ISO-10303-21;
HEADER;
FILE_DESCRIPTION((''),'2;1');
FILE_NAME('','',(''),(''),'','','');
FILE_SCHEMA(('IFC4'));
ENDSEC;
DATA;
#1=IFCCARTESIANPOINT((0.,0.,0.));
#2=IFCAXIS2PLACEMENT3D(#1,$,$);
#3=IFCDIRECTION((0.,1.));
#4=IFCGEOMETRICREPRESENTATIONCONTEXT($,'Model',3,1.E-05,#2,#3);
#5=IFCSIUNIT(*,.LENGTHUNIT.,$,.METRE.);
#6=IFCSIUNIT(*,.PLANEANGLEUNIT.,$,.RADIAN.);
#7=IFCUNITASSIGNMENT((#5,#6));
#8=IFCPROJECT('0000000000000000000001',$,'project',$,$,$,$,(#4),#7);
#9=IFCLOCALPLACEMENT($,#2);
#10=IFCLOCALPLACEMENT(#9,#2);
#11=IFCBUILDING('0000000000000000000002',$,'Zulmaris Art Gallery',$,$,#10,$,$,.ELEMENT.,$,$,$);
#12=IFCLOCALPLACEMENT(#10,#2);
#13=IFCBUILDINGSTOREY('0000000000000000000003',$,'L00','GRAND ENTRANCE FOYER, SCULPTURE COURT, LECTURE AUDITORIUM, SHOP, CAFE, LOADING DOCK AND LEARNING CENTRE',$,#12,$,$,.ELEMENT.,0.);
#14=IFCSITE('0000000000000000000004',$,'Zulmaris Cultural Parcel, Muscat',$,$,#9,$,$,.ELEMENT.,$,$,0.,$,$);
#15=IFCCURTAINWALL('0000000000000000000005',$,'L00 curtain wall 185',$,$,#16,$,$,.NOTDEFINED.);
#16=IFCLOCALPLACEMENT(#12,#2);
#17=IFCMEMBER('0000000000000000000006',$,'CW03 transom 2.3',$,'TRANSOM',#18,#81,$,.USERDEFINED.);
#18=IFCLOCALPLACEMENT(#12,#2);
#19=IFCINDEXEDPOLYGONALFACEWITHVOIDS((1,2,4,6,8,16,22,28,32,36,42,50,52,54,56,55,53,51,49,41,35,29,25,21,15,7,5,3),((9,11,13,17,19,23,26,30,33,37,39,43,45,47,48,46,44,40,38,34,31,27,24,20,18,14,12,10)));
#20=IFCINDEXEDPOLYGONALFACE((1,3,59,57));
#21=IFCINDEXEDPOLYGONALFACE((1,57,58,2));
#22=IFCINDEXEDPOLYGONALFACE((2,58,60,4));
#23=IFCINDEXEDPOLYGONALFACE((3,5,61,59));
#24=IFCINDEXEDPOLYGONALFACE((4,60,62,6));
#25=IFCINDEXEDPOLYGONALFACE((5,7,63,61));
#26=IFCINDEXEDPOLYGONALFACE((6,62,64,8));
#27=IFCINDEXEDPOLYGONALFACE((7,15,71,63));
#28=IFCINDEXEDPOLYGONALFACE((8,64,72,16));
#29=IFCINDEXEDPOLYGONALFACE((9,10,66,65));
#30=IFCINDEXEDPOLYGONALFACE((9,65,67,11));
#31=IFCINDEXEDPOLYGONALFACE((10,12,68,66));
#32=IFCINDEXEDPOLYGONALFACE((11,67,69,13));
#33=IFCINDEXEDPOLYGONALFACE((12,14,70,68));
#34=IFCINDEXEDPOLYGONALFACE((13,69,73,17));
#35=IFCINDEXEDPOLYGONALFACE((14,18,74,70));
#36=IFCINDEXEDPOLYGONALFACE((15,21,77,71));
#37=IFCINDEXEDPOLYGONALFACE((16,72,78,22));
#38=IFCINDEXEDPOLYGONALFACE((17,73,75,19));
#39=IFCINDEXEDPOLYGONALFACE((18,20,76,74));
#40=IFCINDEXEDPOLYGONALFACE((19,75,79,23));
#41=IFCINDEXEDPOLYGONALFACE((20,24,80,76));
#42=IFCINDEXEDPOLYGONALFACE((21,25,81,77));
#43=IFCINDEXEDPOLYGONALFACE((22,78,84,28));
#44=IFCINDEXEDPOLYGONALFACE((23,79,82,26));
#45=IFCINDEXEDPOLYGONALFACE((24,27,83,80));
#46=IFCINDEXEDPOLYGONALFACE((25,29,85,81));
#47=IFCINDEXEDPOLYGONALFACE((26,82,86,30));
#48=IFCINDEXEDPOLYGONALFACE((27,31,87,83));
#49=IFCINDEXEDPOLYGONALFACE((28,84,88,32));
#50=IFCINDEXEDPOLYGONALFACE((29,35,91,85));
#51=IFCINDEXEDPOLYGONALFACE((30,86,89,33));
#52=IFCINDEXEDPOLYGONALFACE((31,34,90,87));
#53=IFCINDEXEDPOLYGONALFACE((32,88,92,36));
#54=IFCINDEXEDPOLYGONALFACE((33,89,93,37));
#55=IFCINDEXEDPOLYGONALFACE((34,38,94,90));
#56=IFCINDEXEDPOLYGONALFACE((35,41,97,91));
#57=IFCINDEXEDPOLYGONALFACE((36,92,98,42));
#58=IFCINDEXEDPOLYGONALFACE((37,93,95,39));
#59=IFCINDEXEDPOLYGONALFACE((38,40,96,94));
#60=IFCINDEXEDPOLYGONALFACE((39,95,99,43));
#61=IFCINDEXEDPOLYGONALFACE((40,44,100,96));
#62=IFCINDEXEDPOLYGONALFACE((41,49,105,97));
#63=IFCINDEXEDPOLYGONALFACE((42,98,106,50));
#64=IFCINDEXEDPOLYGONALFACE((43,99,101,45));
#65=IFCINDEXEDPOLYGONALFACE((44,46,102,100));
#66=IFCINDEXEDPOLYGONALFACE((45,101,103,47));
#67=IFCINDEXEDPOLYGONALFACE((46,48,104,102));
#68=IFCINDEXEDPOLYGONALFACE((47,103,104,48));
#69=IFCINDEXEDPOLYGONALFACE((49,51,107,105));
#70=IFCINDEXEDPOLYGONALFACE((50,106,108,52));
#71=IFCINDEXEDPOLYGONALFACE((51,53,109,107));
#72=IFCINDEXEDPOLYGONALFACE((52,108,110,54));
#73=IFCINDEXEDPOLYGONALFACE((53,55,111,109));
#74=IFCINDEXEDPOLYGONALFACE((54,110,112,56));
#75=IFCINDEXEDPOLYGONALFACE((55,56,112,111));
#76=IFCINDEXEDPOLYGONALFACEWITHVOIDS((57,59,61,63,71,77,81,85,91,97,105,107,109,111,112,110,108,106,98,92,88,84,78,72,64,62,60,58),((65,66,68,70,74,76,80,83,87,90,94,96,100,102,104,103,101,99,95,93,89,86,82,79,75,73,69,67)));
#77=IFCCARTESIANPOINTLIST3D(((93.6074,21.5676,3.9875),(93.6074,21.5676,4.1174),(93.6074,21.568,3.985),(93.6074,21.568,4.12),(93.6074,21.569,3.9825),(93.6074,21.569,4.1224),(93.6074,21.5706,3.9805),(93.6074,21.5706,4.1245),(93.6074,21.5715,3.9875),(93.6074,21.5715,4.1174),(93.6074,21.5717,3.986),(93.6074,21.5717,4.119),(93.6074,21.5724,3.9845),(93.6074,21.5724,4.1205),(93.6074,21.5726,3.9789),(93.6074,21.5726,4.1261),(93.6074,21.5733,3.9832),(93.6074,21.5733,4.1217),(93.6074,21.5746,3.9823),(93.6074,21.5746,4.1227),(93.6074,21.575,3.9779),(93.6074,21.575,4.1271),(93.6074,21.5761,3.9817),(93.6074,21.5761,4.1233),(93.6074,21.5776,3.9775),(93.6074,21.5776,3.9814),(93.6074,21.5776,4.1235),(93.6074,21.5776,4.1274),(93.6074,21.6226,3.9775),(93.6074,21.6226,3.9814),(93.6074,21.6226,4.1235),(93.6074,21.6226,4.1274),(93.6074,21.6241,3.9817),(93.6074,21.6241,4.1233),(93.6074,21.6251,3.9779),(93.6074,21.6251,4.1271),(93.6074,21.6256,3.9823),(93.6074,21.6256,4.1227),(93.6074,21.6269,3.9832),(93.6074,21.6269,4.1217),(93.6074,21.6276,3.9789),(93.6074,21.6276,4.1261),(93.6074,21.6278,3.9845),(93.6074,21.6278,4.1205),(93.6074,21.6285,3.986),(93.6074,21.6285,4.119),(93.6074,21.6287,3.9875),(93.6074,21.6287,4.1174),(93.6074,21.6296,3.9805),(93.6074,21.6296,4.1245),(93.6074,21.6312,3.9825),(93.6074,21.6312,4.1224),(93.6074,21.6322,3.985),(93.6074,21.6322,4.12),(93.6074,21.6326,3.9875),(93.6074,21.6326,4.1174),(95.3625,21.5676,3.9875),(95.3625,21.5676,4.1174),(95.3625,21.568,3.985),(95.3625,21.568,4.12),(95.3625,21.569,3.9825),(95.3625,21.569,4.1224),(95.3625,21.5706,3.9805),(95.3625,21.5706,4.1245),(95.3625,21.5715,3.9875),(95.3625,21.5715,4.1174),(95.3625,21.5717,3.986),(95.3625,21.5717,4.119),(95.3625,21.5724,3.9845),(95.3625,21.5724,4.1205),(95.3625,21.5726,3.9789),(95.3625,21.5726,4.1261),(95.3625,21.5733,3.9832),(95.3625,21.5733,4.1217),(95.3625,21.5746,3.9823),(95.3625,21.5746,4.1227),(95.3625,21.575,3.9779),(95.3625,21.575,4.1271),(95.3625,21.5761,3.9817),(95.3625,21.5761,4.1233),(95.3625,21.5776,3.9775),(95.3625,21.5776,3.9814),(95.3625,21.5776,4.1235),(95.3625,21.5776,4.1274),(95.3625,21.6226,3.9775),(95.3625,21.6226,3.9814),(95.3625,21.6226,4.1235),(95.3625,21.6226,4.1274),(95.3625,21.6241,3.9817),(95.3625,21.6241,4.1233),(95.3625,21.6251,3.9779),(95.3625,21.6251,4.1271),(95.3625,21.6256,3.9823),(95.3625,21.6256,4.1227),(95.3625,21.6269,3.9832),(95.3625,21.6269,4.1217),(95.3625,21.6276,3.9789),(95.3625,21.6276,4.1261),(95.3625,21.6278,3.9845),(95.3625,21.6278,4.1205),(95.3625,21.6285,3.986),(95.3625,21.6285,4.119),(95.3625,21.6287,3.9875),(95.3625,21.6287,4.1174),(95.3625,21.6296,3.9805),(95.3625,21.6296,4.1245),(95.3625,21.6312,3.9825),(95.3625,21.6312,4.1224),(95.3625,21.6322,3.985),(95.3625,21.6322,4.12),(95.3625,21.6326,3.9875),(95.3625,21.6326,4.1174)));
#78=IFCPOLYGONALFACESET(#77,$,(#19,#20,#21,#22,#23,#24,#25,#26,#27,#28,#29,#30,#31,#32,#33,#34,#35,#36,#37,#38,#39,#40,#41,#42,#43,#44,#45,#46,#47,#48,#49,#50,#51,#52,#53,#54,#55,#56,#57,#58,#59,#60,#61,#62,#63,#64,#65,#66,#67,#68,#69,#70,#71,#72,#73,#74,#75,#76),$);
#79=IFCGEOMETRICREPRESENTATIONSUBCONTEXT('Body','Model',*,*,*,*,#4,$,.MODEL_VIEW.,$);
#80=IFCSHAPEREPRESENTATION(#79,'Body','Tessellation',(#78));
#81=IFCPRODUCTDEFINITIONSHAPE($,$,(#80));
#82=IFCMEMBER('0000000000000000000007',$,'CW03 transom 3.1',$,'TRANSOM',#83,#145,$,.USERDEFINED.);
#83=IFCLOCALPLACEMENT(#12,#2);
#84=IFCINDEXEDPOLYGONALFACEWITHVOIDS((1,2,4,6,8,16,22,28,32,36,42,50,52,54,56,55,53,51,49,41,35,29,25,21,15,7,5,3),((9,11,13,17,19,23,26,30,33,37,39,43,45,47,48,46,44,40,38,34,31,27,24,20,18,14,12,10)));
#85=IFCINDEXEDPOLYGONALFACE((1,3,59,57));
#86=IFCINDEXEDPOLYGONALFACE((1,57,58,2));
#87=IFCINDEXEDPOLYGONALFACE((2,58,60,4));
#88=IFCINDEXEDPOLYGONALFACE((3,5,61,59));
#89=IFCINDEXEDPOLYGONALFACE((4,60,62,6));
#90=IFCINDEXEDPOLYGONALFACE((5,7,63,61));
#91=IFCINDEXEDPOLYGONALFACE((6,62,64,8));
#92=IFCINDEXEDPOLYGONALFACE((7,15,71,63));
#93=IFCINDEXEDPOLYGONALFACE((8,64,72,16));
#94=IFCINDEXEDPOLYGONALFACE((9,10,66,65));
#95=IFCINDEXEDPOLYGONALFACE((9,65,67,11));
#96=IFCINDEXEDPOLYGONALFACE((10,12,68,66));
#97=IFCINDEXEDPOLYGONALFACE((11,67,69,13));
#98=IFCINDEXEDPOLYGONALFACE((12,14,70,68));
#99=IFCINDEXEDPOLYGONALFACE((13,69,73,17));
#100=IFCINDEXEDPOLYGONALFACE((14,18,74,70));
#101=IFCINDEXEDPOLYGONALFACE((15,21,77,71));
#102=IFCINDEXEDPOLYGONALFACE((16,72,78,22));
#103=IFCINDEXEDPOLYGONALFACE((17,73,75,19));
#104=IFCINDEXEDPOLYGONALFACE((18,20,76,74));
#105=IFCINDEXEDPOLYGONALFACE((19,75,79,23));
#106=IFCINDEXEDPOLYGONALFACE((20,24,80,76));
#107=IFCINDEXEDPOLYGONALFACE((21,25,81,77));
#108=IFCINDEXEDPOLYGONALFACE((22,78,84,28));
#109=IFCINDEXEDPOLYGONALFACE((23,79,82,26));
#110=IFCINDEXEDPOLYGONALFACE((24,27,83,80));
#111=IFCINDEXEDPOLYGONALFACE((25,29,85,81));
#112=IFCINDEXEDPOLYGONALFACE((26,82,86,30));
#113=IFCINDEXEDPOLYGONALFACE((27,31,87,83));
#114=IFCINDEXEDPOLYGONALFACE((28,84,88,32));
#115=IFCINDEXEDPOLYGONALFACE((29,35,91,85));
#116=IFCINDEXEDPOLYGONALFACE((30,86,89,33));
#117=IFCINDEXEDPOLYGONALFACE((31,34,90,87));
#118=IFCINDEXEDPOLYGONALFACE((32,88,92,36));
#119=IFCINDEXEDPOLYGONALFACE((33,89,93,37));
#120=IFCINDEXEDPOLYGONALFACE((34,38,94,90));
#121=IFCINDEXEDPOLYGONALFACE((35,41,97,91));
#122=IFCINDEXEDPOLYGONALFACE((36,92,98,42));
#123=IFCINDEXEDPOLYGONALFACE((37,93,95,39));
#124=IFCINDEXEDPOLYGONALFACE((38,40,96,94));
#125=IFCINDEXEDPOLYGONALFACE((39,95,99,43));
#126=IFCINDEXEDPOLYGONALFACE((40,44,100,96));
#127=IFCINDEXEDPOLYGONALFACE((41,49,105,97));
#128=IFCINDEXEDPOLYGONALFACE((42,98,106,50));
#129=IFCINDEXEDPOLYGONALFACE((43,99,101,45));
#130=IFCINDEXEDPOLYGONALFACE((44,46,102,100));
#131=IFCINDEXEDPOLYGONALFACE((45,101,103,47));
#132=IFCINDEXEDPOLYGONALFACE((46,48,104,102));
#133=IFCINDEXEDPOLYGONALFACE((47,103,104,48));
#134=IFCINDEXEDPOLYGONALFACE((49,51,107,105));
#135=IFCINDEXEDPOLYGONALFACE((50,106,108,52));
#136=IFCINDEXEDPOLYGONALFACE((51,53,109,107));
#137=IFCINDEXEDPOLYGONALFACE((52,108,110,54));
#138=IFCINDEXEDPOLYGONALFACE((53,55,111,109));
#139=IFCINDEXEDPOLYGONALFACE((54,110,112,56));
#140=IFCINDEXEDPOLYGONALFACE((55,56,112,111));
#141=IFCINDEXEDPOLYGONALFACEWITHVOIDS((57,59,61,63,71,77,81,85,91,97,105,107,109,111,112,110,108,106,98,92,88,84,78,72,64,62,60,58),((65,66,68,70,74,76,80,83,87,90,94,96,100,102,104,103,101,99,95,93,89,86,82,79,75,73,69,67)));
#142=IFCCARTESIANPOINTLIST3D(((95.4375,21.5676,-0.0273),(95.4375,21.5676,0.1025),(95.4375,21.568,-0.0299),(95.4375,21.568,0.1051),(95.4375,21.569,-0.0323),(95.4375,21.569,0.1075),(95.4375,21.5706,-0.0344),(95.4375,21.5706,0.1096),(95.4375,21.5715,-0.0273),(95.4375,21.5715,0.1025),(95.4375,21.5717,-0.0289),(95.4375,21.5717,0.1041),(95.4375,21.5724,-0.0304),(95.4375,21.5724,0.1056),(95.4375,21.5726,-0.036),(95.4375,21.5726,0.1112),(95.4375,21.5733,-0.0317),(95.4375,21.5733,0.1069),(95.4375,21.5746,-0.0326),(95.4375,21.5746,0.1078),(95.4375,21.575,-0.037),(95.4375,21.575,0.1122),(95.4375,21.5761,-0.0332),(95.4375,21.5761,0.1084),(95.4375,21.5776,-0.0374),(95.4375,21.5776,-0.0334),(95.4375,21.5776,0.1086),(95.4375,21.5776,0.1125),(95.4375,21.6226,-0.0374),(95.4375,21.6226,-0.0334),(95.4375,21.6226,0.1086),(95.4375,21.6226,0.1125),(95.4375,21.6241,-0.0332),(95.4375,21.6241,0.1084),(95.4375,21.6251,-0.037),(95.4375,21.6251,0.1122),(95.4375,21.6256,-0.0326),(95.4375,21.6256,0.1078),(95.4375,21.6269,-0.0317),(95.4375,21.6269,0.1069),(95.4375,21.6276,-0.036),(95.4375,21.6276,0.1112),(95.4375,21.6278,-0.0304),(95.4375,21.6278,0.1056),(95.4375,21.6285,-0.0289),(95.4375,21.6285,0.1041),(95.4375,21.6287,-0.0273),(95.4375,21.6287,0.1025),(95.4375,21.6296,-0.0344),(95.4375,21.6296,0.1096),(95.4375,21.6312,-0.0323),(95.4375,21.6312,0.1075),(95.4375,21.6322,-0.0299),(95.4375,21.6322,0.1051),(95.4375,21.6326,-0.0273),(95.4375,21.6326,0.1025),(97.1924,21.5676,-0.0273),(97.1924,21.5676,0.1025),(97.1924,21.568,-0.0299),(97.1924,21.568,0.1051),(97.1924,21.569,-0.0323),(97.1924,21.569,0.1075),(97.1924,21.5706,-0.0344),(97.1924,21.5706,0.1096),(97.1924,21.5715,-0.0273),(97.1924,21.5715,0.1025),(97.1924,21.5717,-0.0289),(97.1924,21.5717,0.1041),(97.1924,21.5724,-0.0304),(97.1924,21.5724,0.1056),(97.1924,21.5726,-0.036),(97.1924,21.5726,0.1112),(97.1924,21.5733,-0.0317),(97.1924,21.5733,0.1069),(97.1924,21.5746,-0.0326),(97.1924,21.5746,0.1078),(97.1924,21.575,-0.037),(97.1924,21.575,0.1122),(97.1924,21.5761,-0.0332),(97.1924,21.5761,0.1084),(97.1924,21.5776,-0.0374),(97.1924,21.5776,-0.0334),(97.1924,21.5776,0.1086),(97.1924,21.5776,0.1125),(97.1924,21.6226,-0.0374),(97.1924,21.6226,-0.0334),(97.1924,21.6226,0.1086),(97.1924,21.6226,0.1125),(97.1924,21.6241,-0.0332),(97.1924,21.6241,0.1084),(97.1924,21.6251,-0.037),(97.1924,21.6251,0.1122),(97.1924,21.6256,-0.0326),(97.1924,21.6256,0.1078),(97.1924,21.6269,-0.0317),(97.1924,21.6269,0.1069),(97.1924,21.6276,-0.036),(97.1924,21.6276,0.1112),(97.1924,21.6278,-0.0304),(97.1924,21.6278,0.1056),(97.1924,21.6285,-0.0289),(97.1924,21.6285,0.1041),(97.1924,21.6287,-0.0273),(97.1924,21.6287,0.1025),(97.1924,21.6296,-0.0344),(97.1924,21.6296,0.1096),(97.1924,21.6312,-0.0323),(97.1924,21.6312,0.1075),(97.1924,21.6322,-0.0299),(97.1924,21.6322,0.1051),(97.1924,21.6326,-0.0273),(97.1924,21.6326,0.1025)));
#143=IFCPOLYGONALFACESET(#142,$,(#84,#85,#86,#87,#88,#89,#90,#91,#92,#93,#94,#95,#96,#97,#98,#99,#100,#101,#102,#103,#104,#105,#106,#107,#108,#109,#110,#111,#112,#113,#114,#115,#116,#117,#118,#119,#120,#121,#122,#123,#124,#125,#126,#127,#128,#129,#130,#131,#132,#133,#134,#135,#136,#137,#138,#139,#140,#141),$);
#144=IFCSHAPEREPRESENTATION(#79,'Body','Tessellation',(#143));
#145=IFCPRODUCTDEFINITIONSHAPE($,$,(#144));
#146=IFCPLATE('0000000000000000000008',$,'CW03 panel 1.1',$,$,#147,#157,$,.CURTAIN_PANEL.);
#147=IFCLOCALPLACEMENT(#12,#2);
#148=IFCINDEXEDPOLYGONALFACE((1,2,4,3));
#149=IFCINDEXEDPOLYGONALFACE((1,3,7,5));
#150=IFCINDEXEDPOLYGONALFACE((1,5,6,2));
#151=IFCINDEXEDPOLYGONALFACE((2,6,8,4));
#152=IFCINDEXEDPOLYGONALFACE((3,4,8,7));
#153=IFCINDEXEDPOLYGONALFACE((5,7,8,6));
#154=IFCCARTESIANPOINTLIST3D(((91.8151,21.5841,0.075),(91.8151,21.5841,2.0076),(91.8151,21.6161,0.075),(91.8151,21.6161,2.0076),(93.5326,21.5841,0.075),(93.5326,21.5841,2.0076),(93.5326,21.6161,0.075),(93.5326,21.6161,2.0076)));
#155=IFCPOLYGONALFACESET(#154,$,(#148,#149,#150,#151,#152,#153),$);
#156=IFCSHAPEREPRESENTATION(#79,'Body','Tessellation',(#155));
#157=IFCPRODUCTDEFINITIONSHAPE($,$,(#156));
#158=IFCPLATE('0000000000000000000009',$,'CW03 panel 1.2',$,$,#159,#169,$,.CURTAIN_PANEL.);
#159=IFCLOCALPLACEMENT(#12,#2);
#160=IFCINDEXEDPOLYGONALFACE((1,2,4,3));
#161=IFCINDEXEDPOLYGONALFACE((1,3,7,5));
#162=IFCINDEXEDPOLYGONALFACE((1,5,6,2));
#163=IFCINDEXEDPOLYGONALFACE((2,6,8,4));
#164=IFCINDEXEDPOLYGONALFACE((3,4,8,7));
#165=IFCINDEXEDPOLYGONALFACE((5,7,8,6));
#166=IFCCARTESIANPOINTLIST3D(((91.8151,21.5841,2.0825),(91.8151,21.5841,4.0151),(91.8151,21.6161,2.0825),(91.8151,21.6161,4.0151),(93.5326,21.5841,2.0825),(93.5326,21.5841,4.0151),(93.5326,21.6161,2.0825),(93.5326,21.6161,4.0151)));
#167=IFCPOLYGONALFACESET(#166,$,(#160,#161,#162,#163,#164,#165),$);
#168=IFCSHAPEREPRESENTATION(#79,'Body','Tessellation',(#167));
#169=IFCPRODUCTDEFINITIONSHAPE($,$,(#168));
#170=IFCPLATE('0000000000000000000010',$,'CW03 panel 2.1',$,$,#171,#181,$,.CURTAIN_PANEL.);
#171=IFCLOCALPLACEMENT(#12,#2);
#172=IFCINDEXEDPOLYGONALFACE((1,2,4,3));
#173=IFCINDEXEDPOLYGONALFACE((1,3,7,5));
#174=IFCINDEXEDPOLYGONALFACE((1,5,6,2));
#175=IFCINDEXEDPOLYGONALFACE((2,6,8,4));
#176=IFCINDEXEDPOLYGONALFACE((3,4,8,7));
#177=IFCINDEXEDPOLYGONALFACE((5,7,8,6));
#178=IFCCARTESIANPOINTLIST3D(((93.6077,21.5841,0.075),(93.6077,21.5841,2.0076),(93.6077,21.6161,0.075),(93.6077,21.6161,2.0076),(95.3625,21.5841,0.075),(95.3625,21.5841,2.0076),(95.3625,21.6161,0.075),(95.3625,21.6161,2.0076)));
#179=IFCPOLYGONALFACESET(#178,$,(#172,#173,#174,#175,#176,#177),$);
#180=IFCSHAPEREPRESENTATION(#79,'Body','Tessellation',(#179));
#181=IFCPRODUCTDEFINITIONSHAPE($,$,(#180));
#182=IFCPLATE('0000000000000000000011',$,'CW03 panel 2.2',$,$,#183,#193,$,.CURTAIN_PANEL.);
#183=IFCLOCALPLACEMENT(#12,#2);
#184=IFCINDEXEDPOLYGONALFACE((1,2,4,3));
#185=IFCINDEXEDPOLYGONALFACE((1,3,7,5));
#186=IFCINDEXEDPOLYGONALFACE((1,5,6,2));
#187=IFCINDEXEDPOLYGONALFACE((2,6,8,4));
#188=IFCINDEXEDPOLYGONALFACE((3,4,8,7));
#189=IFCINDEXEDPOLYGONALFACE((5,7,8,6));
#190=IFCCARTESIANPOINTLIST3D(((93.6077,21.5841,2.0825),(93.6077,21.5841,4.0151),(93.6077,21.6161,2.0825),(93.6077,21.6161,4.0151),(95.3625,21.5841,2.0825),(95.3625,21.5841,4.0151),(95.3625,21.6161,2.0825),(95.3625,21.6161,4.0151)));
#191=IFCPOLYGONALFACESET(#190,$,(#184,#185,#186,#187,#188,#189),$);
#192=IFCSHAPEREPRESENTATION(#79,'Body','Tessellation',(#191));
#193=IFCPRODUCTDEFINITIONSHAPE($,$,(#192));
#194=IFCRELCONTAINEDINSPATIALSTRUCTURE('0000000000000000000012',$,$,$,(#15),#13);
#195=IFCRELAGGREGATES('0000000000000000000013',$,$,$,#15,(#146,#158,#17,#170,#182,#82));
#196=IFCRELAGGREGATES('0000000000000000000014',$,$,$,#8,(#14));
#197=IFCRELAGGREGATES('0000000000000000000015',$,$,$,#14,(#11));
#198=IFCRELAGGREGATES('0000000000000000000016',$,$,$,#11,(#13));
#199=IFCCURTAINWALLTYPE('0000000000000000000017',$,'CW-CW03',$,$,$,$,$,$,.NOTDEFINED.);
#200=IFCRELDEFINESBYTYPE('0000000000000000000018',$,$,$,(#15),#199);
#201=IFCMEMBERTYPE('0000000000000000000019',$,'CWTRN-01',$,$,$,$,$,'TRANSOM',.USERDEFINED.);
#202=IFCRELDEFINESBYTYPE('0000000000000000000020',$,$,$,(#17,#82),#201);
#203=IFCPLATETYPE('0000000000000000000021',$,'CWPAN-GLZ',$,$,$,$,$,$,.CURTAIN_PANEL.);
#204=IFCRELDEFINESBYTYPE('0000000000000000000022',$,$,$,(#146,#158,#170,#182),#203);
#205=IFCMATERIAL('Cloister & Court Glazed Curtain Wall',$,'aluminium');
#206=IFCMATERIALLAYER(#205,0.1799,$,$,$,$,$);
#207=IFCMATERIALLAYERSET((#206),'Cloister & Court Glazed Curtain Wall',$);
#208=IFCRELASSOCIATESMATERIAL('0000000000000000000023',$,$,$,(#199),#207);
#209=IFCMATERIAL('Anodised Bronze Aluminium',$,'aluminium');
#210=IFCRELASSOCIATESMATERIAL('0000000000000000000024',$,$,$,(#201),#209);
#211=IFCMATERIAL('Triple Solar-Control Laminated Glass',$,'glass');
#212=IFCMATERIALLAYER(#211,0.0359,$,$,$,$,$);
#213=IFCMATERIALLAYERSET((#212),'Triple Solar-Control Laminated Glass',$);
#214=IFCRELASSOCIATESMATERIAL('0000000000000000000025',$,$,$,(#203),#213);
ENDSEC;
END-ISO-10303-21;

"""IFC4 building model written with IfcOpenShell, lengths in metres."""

from ifc_helpers import new_model, si_unit, direction, frame, origin, origin_2d, place, context, subcontext, project, spatial, rectangle, hollow_rectangle, extrude, material, layer, layer_set, material_profile, profile_set, type_object, element, aggregate, save


model = new_model("IFC4")

# Units and contexts
model_context = context("Model", 3, precision=1e-05, world=origin(), true_north=direction((0.0, 1.0)))
body_context = subcontext(model_context, "Body", "Model", "MODEL_VIEW")
ifc_project = project(units=[si_unit("LENGTHUNIT", "METRE"), si_unit("PLANEANGLEUNIT", "RADIAN")], contexts=[model_context])

# Site, building, storey
site_placement = place(None, origin())
site = spatial("IfcSite", under=ifc_project, at=site_placement, Name="Zulmaris Cultural Parcel, Muscat", CompositionType="ELEMENT", RefElevation=0.0)
building_placement = place(site_placement, origin())
building = spatial("IfcBuilding", under=site, at=building_placement, Name="Zulmaris Art Gallery", CompositionType="ELEMENT")
storey_placement = place(building_placement, origin())
storey = spatial("IfcBuildingStorey", under=building, at=storey_placement, Name="L00", Description="GRAND ENTRANCE FOYER, SCULPTURE COURT, LECTURE AUDITORIUM, SHOP, CAFE, LOADING DOCK AND LEARNING CENTRE", CompositionType="ELEMENT", Elevation=0.0)

# Shared definitions
ifc_material_1 = material(Name="Cloister & Court Glazed Curtain Wall", Category="aluminium")
ifc_layer_1 = layer(ifc_material_1, 0.1799)
ifc_layer_set_1 = layer_set([ifc_layer_1], Name="Cloister & Court Glazed Curtain Wall")
curtain_wall_type = type_object("IfcCurtainWallType", Name="CW-CW03", PredefinedType="NOTDEFINED", material=ifc_layer_set_1)
ifc_material_2 = material(Name="Anodised Bronze Aluminium", Category="aluminium")

# Curtain wall
curtain_wall_1_placement = place(storey_placement, origin())
curtain_wall_1 = element("IfcCurtainWall", 1, at=curtain_wall_1_placement, inside=storey, type_object=curtain_wall_type, Name="L00 curtain wall 185", PredefinedType="NOTDEFINED")

# Members
ifc_material_profile_1 = material_profile(ifc_material_2, hollow_rectangle(XDim=0.0649, YDim=0.1499, WallThickness=0.0039, InnerFilletRadius=0.0061, OuterFilletRadius=0.01, at=origin_2d()), Name="ALU 65x150x4")
ifc_profile_set_1 = profile_set([ifc_material_profile_1], Name="Anodised Bronze Aluminium")
member_type_1 = type_object("IfcMemberType", Name="CWTRN-01", ElementType="TRANSOM", PredefinedType="USERDEFINED", material=ifc_profile_set_1)
member_1_placement = place(storey_placement, frame((93.6074, 21.6001, 4.0525), z_axis=(1.0, 0.0, 0.0), x_axis=(0.0, 1.0, 0.0)))
member_1 = element("IfcMember", 2, at=member_1_placement, type_object=member_type_1, Name="CW03 transom 2.3", ObjectType="TRANSOM", PredefinedType="USERDEFINED", context=body_context, shape_type="SweptSolid", body=[
    extrude(hollow_rectangle(XDim=0.0649, YDim=0.1499, WallThickness=0.0039, InnerFilletRadius=0.0061, OuterFilletRadius=0.01, at=origin_2d()), origin(), (0.0, 0.0, 1.0), 1.7551),
])
member_2_placement = place(storey_placement, frame((95.4375, 21.6001, 0.0376), z_axis=(1.0, 0.0, 0.0), x_axis=(0.0, 1.0, 0.0)))
member_2 = element("IfcMember", 3, at=member_2_placement, type_object=member_type_1, Name="CW03 transom 3.1", ObjectType="TRANSOM", PredefinedType="USERDEFINED", context=body_context, shape_type="SweptSolid", body=[
    extrude(hollow_rectangle(XDim=0.0649, YDim=0.1499, WallThickness=0.0039, InnerFilletRadius=0.0061, OuterFilletRadius=0.01, at=origin_2d()), origin(), (0.0, 0.0, 1.0), 1.7549),
])

# Plates
ifc_material_3 = material(Name="Triple Solar-Control Laminated Glass", Category="glass")
ifc_layer_2 = layer(ifc_material_3, 0.0359)
ifc_layer_set_2 = layer_set([ifc_layer_2], Name="Triple Solar-Control Laminated Glass")
plate_type = type_object("IfcPlateType", Name="CWPAN-GLZ", PredefinedType="CURTAIN_PANEL", material=ifc_layer_set_2)
plate_1_placement = place(storey_placement, frame((92.6738, 21.6001, 0.075), z_axis=(0.0, 0.0, 1.0), x_axis=(1.0, 0.0, 0.0)))
plate_1 = element("IfcPlate", 4, at=plate_1_placement, type_object=plate_type, Name="CW03 panel 1.1", PredefinedType="CURTAIN_PANEL", context=body_context, shape_type="SweptSolid", body=[
    extrude(rectangle(XDim=1.7175, YDim=0.032, at=origin_2d()), origin(), (0.0, 0.0, 1.0), 1.9326),
])
plate_2_placement = place(storey_placement, frame((92.6738, 21.6001, 2.0825), z_axis=(0.0, 0.0, 1.0), x_axis=(1.0, 0.0, 0.0)))
plate_2 = element("IfcPlate", 5, at=plate_2_placement, type_object=plate_type, Name="CW03 panel 1.2", PredefinedType="CURTAIN_PANEL", context=body_context, shape_type="SweptSolid", body=[
    extrude(rectangle(XDim=1.7175, YDim=0.032, at=origin_2d()), origin(), (0.0, 0.0, 1.0), 1.9326),
])
plate_3_placement = place(storey_placement, frame((94.4851, 21.6001, 0.075), z_axis=(0.0, 0.0, 1.0), x_axis=(1.0, 0.0, 0.0)))
plate_3 = element("IfcPlate", 6, at=plate_3_placement, type_object=plate_type, Name="CW03 panel 2.1", PredefinedType="CURTAIN_PANEL", context=body_context, shape_type="SweptSolid", body=[
    extrude(rectangle(XDim=1.7549, YDim=0.032, at=origin_2d()), origin(), (0.0, 0.0, 1.0), 1.9326),
])
plate_4_placement = place(storey_placement, frame((94.4851, 21.6001, 2.0825), z_axis=(0.0, 0.0, 1.0), x_axis=(1.0, 0.0, 0.0)))
plate_4 = element("IfcPlate", 7, at=plate_4_placement, type_object=plate_type, Name="CW03 panel 2.2", PredefinedType="CURTAIN_PANEL", context=body_context, shape_type="SweptSolid", body=[
    extrude(rectangle(XDim=1.7549, YDim=0.032, at=origin_2d()), origin(), (0.0, 0.0, 1.0), 1.9326),
])
aggregate(curtain_wall_1, [plate_1, plate_2, member_1, plate_3, plate_4, member_2])

save(model, "model.ifc")
